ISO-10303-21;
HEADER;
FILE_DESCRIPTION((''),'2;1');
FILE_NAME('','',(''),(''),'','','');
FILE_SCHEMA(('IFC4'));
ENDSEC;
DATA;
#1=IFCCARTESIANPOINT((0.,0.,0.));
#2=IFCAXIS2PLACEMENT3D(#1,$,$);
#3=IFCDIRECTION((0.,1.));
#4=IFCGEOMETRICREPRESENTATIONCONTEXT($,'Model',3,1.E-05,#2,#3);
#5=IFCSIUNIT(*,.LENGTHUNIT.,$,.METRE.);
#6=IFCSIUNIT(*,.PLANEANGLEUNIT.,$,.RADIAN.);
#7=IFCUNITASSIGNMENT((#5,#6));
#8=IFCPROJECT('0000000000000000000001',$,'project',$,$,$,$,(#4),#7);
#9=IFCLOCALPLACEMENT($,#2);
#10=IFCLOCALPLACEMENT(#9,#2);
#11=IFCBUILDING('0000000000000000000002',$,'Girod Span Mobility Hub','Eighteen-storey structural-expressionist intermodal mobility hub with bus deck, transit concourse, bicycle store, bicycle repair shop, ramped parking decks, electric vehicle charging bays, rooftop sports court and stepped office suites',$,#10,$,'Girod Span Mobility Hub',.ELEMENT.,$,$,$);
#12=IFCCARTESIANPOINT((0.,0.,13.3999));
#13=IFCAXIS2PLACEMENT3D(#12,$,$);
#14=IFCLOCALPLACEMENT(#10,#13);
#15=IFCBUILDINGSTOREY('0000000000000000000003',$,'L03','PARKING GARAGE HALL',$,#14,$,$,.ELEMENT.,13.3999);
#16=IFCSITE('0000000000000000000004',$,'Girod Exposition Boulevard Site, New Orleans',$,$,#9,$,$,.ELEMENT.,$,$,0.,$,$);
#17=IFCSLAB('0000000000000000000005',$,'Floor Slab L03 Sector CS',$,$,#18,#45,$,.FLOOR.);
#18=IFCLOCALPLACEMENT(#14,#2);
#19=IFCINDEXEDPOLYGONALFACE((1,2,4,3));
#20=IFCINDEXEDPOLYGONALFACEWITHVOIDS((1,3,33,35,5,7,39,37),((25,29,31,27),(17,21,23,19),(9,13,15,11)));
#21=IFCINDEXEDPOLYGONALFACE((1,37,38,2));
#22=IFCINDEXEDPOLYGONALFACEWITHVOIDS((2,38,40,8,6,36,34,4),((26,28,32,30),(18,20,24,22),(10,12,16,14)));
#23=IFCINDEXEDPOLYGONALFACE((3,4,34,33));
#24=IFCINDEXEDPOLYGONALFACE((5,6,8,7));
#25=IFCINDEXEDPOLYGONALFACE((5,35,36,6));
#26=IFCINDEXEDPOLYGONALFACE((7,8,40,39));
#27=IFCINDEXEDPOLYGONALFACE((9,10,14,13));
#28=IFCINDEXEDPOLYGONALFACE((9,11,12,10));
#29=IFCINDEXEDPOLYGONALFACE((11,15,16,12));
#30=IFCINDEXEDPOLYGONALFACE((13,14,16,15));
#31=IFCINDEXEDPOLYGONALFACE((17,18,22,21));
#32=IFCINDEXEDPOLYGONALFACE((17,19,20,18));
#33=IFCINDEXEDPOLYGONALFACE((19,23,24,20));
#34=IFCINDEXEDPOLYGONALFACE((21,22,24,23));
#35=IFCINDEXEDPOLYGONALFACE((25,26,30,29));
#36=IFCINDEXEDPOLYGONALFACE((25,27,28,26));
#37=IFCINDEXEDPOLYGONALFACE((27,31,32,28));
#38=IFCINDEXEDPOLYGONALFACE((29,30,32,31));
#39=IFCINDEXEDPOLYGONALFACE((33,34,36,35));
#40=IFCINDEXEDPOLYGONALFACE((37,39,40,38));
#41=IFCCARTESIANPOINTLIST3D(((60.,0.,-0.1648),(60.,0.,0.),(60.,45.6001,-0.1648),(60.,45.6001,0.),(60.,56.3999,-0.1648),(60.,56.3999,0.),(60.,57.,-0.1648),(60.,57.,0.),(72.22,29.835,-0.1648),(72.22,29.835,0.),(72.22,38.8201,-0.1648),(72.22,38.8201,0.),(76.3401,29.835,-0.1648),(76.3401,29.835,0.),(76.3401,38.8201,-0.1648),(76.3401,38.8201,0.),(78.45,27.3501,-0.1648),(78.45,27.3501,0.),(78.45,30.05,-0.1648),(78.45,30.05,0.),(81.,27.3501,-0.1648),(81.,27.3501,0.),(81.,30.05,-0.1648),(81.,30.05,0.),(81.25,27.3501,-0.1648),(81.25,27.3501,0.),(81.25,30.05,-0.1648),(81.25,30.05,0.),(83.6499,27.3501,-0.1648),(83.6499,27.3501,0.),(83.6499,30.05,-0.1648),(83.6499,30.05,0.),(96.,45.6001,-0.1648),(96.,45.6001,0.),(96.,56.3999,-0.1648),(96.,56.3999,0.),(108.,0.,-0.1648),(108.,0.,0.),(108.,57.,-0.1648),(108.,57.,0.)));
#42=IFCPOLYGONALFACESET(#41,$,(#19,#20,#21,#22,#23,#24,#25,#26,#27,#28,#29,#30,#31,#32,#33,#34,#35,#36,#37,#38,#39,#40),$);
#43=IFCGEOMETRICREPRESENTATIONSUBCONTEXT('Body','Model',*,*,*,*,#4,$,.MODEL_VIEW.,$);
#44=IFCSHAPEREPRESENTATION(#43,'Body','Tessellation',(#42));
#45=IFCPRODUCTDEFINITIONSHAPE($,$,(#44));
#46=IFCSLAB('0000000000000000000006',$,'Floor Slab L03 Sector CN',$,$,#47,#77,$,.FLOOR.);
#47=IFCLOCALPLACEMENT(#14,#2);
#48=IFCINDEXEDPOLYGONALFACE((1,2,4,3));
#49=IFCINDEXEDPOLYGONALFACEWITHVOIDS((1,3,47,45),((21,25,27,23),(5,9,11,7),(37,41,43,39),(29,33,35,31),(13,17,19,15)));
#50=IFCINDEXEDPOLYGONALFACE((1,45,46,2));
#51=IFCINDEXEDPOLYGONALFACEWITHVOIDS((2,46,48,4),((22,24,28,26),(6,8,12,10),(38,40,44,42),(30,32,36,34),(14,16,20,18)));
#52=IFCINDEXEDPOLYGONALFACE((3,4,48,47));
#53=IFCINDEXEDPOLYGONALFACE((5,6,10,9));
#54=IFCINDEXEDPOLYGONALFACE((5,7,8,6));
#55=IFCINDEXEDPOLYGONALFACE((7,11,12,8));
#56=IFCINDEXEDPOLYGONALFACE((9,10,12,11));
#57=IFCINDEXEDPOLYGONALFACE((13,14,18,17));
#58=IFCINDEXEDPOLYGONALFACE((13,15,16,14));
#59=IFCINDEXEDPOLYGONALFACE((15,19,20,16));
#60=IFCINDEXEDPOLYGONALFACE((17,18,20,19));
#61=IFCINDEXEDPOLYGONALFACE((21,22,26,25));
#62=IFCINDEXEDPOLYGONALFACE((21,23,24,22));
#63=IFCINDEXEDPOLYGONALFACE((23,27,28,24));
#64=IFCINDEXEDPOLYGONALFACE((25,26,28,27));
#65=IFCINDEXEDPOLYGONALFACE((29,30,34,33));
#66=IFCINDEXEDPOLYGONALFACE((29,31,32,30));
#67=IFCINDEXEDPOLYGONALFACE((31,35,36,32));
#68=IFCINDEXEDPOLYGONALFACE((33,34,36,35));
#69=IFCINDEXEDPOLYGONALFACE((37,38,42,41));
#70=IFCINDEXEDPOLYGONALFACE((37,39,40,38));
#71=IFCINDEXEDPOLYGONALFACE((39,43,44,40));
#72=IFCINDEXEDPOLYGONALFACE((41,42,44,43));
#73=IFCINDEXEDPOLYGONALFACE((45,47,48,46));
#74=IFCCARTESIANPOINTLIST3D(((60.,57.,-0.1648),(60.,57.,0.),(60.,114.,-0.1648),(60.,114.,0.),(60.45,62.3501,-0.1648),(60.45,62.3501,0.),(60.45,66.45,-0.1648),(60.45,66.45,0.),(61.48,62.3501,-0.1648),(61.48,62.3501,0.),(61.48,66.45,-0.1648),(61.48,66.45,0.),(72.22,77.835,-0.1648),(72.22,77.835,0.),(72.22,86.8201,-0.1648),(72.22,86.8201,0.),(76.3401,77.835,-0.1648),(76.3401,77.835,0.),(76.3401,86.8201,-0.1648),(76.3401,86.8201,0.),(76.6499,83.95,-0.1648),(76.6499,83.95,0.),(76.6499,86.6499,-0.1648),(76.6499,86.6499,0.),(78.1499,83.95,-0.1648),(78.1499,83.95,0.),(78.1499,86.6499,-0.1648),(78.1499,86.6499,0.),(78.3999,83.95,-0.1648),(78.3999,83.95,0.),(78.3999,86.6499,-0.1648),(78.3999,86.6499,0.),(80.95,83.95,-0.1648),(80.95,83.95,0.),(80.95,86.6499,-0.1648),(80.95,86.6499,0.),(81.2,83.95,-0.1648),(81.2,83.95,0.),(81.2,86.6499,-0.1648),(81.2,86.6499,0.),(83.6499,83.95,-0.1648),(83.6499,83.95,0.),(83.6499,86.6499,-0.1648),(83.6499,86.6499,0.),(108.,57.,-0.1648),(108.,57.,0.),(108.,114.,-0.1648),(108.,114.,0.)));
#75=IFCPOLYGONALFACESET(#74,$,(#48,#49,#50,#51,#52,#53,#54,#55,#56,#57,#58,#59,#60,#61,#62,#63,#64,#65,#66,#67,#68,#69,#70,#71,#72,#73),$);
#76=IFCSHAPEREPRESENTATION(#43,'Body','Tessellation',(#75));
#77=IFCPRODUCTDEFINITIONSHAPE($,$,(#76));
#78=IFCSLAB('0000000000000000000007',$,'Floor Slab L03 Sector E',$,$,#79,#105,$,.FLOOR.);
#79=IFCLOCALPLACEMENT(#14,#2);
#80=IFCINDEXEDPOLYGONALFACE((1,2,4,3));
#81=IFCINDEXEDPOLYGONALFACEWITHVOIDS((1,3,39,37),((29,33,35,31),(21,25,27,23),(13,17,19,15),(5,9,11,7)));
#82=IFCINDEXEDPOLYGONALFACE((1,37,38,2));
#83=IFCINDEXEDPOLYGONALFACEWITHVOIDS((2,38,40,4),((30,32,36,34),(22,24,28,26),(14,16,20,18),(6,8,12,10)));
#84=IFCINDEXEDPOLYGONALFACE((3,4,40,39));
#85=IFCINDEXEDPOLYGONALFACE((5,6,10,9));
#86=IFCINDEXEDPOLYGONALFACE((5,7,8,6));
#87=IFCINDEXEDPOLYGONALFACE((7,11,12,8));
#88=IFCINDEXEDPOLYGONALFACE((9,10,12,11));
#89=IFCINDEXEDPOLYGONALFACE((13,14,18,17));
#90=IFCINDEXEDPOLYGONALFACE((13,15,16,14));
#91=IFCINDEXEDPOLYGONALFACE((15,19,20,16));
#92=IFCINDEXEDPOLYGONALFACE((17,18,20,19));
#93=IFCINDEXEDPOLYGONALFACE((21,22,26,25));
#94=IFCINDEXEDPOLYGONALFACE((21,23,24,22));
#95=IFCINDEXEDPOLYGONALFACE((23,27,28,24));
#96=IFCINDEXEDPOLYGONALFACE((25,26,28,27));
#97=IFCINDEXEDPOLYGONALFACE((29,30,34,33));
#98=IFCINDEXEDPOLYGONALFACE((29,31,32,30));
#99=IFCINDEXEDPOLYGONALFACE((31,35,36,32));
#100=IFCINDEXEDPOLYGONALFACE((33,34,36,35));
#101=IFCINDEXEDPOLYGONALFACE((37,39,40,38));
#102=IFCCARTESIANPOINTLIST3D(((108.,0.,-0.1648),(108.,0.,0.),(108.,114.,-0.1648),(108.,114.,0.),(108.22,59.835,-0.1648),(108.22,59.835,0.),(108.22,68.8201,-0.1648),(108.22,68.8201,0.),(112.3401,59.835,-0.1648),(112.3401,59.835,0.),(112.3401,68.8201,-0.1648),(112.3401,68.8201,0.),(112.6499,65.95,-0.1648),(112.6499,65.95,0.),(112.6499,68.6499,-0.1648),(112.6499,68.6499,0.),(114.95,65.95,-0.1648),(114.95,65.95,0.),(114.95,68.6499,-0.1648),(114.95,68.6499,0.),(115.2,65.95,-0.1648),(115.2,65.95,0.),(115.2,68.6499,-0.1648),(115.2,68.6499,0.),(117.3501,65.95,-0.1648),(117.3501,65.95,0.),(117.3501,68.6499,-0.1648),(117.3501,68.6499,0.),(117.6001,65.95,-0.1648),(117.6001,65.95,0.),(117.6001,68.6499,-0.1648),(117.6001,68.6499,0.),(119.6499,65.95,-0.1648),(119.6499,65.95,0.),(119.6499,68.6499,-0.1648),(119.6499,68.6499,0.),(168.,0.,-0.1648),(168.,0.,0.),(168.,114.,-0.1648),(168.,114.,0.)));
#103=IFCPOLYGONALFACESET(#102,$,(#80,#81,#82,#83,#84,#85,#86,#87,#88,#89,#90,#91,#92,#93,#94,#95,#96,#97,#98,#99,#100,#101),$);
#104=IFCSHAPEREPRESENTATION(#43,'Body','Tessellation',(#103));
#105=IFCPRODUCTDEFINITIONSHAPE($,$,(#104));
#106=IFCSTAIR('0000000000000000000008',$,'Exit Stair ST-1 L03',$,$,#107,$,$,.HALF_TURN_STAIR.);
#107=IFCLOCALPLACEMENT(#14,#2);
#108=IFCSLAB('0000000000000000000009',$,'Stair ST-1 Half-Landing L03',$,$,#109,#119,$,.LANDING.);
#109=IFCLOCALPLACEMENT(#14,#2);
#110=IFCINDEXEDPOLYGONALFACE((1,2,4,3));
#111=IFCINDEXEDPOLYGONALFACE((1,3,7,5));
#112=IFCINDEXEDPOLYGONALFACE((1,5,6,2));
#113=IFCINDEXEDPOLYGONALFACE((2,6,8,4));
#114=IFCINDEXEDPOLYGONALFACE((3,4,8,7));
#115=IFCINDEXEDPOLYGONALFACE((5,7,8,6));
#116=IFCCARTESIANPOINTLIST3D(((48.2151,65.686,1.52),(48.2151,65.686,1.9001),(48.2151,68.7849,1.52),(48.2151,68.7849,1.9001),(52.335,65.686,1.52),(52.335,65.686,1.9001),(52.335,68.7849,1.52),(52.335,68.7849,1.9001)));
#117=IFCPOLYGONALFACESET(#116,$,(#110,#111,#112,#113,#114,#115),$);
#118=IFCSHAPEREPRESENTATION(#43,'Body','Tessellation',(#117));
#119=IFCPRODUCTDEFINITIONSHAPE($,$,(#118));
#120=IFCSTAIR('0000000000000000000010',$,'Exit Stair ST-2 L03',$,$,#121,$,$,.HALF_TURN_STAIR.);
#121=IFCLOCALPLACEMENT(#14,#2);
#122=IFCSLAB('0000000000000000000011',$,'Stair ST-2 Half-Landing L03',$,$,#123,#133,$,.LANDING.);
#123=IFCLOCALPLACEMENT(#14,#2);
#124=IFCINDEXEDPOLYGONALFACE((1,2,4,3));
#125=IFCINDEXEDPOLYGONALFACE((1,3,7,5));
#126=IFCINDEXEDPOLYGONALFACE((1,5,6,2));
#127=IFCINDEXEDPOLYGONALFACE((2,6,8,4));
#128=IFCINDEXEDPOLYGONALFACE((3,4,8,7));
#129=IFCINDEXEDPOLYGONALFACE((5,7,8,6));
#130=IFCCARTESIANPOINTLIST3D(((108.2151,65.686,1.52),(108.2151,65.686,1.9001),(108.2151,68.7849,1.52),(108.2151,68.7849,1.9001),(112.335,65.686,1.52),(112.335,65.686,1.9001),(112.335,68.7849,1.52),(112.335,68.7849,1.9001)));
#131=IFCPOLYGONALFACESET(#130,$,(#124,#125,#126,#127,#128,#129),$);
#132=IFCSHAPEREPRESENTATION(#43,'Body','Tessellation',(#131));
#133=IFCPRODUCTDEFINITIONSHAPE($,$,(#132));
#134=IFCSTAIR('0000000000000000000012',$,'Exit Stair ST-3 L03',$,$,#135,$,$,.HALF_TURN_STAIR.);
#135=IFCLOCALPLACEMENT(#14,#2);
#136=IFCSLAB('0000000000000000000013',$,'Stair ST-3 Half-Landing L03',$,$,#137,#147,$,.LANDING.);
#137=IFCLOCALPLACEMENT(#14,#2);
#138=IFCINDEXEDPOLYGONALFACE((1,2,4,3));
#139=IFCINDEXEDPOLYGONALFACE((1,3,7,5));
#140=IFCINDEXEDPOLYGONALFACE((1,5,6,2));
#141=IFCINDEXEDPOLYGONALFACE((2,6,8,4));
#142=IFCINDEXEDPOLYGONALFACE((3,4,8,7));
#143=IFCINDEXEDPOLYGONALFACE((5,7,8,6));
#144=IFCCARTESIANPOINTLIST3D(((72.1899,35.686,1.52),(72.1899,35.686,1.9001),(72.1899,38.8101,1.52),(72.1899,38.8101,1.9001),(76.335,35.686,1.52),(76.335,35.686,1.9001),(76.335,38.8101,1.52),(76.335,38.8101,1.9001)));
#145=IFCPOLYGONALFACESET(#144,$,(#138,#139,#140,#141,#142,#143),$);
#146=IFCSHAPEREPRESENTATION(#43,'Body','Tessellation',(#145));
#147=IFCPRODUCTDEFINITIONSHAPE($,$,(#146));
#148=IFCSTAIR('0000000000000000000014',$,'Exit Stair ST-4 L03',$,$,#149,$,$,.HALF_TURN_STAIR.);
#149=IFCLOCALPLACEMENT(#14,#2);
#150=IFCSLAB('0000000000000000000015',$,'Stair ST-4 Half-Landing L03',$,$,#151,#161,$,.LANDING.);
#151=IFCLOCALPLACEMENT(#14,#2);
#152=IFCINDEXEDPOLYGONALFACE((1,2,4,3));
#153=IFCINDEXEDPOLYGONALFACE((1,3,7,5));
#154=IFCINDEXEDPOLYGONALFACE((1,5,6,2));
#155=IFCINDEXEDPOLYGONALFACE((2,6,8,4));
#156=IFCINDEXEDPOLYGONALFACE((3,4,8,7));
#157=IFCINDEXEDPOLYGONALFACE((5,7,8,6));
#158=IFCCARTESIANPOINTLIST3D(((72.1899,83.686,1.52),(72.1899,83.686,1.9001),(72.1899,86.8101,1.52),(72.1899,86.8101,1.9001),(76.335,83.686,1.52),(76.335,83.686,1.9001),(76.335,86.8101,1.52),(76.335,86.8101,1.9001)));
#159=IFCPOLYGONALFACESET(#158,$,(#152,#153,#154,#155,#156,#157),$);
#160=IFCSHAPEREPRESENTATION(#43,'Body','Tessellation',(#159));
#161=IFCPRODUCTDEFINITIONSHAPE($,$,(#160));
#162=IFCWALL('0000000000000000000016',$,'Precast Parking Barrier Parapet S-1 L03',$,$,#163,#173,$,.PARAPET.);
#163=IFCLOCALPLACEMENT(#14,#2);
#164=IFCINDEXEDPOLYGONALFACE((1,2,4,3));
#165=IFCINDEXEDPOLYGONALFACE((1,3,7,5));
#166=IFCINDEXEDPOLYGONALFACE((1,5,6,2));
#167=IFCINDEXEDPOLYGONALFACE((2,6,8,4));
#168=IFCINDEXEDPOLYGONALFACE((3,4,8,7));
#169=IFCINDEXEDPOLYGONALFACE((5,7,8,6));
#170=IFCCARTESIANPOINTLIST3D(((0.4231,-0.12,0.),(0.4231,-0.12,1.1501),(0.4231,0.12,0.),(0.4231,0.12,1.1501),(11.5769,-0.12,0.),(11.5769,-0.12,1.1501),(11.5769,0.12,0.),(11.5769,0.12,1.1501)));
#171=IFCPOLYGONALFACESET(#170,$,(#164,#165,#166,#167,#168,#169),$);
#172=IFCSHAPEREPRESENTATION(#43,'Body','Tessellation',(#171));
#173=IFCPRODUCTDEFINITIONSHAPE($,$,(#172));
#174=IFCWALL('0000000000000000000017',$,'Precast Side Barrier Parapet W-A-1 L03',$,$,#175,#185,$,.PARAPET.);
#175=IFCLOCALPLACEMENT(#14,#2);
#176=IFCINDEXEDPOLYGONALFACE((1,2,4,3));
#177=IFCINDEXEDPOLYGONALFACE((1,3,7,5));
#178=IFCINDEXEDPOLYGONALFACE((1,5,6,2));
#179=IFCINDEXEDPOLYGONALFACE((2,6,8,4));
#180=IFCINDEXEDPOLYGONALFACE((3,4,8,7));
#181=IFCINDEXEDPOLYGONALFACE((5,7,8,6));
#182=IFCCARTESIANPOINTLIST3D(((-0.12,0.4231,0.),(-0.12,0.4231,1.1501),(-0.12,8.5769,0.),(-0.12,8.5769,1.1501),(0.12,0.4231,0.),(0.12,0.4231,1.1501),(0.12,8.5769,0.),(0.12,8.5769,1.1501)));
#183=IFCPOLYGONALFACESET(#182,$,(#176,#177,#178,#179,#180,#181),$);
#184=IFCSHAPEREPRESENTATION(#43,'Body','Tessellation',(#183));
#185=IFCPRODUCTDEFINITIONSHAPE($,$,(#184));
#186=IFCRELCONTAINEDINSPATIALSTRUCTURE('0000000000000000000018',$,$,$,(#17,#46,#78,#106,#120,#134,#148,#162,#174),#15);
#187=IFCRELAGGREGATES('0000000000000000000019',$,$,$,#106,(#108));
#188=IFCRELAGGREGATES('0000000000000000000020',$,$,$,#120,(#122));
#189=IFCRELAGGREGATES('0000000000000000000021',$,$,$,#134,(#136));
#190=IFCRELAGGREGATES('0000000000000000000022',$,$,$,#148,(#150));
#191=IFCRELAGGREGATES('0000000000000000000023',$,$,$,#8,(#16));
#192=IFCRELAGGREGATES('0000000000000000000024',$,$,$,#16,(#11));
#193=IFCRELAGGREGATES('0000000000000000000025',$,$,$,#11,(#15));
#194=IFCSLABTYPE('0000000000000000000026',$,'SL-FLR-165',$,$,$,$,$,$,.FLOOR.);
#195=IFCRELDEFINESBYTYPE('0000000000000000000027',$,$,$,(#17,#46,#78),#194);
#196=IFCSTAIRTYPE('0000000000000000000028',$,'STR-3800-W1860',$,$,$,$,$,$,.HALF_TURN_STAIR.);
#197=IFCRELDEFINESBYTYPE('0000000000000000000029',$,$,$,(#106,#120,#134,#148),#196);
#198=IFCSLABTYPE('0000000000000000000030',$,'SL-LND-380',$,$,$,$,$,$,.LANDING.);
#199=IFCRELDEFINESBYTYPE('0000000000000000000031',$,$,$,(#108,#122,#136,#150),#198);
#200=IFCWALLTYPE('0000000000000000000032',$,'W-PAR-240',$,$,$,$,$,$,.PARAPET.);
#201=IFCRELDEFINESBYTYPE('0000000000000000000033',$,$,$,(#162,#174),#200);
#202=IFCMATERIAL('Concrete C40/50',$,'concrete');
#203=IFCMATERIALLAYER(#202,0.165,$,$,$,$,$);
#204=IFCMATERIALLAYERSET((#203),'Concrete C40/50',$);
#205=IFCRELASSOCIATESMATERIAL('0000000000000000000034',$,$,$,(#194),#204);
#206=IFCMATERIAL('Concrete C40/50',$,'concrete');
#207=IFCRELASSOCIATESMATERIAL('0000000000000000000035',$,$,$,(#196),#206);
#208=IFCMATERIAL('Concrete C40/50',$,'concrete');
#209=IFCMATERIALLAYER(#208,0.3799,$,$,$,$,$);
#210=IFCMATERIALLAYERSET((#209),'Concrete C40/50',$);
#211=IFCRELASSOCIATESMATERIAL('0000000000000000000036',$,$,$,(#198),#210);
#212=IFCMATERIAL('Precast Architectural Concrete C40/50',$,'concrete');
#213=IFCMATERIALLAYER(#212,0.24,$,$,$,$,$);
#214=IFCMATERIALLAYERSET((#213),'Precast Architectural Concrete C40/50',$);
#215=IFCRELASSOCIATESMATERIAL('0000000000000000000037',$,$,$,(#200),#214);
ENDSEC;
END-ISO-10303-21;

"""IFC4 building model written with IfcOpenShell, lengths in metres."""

from ifc_helpers import new_model, si_unit, direction, frame, frame_2d, origin, place, context, subcontext, project, spatial, polyline, rectangle, outline, extrude, material, layer, layer_set, type_object, element, aggregate, save


model = new_model("IFC4")

# Units and contexts
model_context = context("Model", 3, precision=1e-05, world=origin(), true_north=direction((0.0, 1.0)))
body_context = subcontext(model_context, "Body", "Model", "MODEL_VIEW")
ifc_project = project(units=[si_unit("LENGTHUNIT", "METRE"), si_unit("PLANEANGLEUNIT", "RADIAN")], contexts=[model_context])

# Site, building, storey
site_placement = place(None, origin())
site = spatial("IfcSite", under=ifc_project, at=site_placement, Name="Girod Exposition Boulevard Site, New Orleans", CompositionType="ELEMENT", RefElevation=0.0)
building_placement = place(site_placement, origin())
building = spatial("IfcBuilding", under=site, at=building_placement, Name="Girod Span Mobility Hub", Description="Eighteen-storey structural-expressionist intermodal mobility hub with bus deck, transit concourse, bicycle store, bicycle repair shop, ramped parking decks, electric vehicle charging bays, rooftop sports court and stepped office suites", LongName="Girod Span Mobility Hub", CompositionType="ELEMENT")
storey_placement = place(building_placement, frame((0.0, 0.0, 13.3999)))
storey = spatial("IfcBuildingStorey", under=building, at=storey_placement, Name="L03", Description="PARKING GARAGE HALL", CompositionType="ELEMENT", Elevation=13.3999)

# Slabs
ifc_material_1 = material(Name="Concrete C40/50", Category="concrete")
ifc_layer_1 = layer(ifc_material_1, 0.165)
ifc_layer_set_1 = layer_set([ifc_layer_1], Name="Concrete C40/50")
slab_type_1 = type_object("IfcSlabType", Name="SL-FLR-165", PredefinedType="FLOOR", material=ifc_layer_set_1)
slab_1_placement = place(storey_placement, frame((0.0, 0.0, -0.1648)))
element("IfcSlab", 1, at=slab_1_placement, inside=storey, type_object=slab_type_1, Name="Floor Slab L03 Sector CS", PredefinedType="FLOOR", context=body_context, shape_type="SweptSolid", body=[
    extrude(outline(polyline([(60.0, 0.0), (60.0, 45.6001), (96.0, 45.6001), (96.0, 56.3999), (60.0, 56.3999), (60.0, 57.0), (108.0, 57.0), (108.0, 0.0), (60.0, 0.0)]), holes=[polyline([(72.22, 38.8201), (72.22, 29.835), (76.3401, 29.835), (76.3401, 38.8201), (72.22, 38.8201)]), polyline([(78.45, 30.05), (78.45, 27.3501), (81.0, 27.3501), (81.0, 30.05), (78.45, 30.05)]), polyline([(81.25, 30.05), (81.25, 27.3501), (83.6499, 27.3501), (83.6499, 30.05), (81.25, 30.05)])]), origin(), (0.0, 0.0, 1.0), 0.1648),
])
slab_2_placement = place(storey_placement, frame((0.0, 0.0, -0.1648)))
element("IfcSlab", 2, at=slab_2_placement, inside=storey, type_object=slab_type_1, Name="Floor Slab L03 Sector CN", PredefinedType="FLOOR", context=body_context, shape_type="SweptSolid", body=[
    extrude(outline(polyline([(108.0, 114.0), (108.0, 57.0), (60.0, 57.0), (60.0, 114.0), (108.0, 114.0)]), holes=[polyline([(60.45, 66.45), (60.45, 62.3501), (61.48, 62.3501), (61.48, 66.45), (60.45, 66.45)]), polyline([(72.22, 86.8201), (72.22, 77.835), (76.3401, 77.835), (76.3401, 86.8201), (72.22, 86.8201)]), polyline([(76.6499, 86.6499), (76.6499, 83.95), (78.1499, 83.95), (78.1499, 86.6499), (76.6499, 86.6499)]), polyline([(80.95, 86.6499), (78.3999, 86.6499), (78.3999, 83.95), (80.95, 83.95), (80.95, 86.6499)]), polyline([(83.6499, 86.6499), (81.2, 86.6499), (81.2, 83.95), (83.6499, 83.95), (83.6499, 86.6499)])]), origin(), (0.0, 0.0, 1.0), 0.1648),
])
slab_3_placement = place(storey_placement, frame((0.0, 0.0, -0.1648)))
element("IfcSlab", 3, at=slab_3_placement, inside=storey, type_object=slab_type_1, Name="Floor Slab L03 Sector E", PredefinedType="FLOOR", context=body_context, shape_type="SweptSolid", body=[
    extrude(outline(polyline([(168.0, 114.0), (168.0, 0.0), (108.0, 0.0), (108.0, 114.0), (168.0, 114.0)]), holes=[polyline([(108.22, 68.8201), (108.22, 59.835), (112.3401, 59.835), (112.3401, 68.8201), (108.22, 68.8201)]), polyline([(112.6499, 68.6499), (112.6499, 65.95), (114.95, 65.95), (114.95, 68.6499), (112.6499, 68.6499)]), polyline([(115.2, 68.6499), (115.2, 65.95), (117.3501, 65.95), (117.3501, 68.6499), (115.2, 68.6499)]), polyline([(117.6001, 68.6499), (117.6001, 65.95), (119.6499, 65.95), (119.6499, 68.6499), (117.6001, 68.6499)])]), origin(), (0.0, 0.0, 1.0), 0.1648),
])

# Stairs, slabs
ifc_material_2 = material(Name="Concrete C40/50", Category="concrete")
stair_type = type_object("IfcStairType", Name="STR-3800-W1860", PredefinedType="HALF_TURN_STAIR", material=ifc_material_2)
stair_1_placement = place(storey_placement, origin())
stair_1 = element("IfcStair", 4, at=stair_1_placement, inside=storey, type_object=stair_type, Name="Exit Stair ST-1 L03", PredefinedType="HALF_TURN_STAIR")
ifc_material_3 = material(Name="Concrete C40/50", Category="concrete")
ifc_layer_2 = layer(ifc_material_3, 0.3799)
ifc_layer_set_2 = layer_set([ifc_layer_2], Name="Concrete C40/50")
slab_type_2 = type_object("IfcSlabType", Name="SL-LND-380", PredefinedType="LANDING", material=ifc_layer_set_2)
slab_4_placement = place(storey_placement, frame((0.0, 0.0, 1.52)))
slab_4 = element("IfcSlab", 5, at=slab_4_placement, type_object=slab_type_2, Name="Stair ST-1 Half-Landing L03", PredefinedType="LANDING", context=body_context, shape_type="SweptSolid", body=[
    extrude(outline(polyline([(52.335, 65.686), (52.335, 68.7849), (48.2151, 68.7849), (48.2151, 65.686), (52.335, 65.686)])), origin(), (0.0, 0.0, 1.0), 0.3801),
])
aggregate(stair_1, [slab_4])
stair_2_placement = place(storey_placement, origin())
stair_2 = element("IfcStair", 6, at=stair_2_placement, inside=storey, type_object=stair_type, Name="Exit Stair ST-2 L03", PredefinedType="HALF_TURN_STAIR")
slab_5_placement = place(storey_placement, frame((0.0, 0.0, 1.52)))
slab_5 = element("IfcSlab", 7, at=slab_5_placement, type_object=slab_type_2, Name="Stair ST-2 Half-Landing L03", PredefinedType="LANDING", context=body_context, shape_type="SweptSolid", body=[
    extrude(outline(polyline([(112.335, 65.686), (112.335, 68.7849), (108.2151, 68.7849), (108.2151, 65.686), (112.335, 65.686)])), origin(), (0.0, 0.0, 1.0), 0.3801),
])
aggregate(stair_2, [slab_5])
stair_3_placement = place(storey_placement, origin())
stair_3 = element("IfcStair", 8, at=stair_3_placement, inside=storey, type_object=stair_type, Name="Exit Stair ST-3 L03", PredefinedType="HALF_TURN_STAIR")
slab_6_placement = place(storey_placement, frame((0.0, 0.0, 1.52)))
slab_6 = element("IfcSlab", 9, at=slab_6_placement, type_object=slab_type_2, Name="Stair ST-3 Half-Landing L03", PredefinedType="LANDING", context=body_context, shape_type="SweptSolid", body=[
    extrude(outline(polyline([(76.335, 35.686), (76.335, 38.8101), (72.1899, 38.8101), (72.1899, 35.686), (76.335, 35.686)])), origin(), (0.0, 0.0, 1.0), 0.3801),
])
aggregate(stair_3, [slab_6])
stair_4_placement = place(storey_placement, origin())
stair_4 = element("IfcStair", 10, at=stair_4_placement, inside=storey, type_object=stair_type, Name="Exit Stair ST-4 L03", PredefinedType="HALF_TURN_STAIR")
slab_7_placement = place(storey_placement, frame((0.0, 0.0, 1.52)))
slab_7 = element("IfcSlab", 11, at=slab_7_placement, type_object=slab_type_2, Name="Stair ST-4 Half-Landing L03", PredefinedType="LANDING", context=body_context, shape_type="SweptSolid", body=[
    extrude(outline(polyline([(76.335, 83.686), (76.335, 86.8101), (72.1899, 86.8101), (72.1899, 83.686), (76.335, 83.686)])), origin(), (0.0, 0.0, 1.0), 0.3801),
])
aggregate(stair_4, [slab_7])

# Walls
ifc_material_4 = material(Name="Precast Architectural Concrete C40/50", Category="concrete")
ifc_layer_3 = layer(ifc_material_4, 0.24)
ifc_layer_set_3 = layer_set([ifc_layer_3], Name="Precast Architectural Concrete C40/50")
wall_type = type_object("IfcWallType", Name="W-PAR-240", PredefinedType="PARAPET", material=ifc_layer_set_3)
wall_1_placement = place(storey_placement, frame((0.4231, 0.0, 0.0), z_axis=(0.0, 0.0, 1.0), x_axis=(1.0, 0.0, 0.0)))
element("IfcWall", 12, at=wall_1_placement, inside=storey, type_object=wall_type, Name="Precast Parking Barrier Parapet S-1 L03", PredefinedType="PARAPET", context=body_context, shape_type="SweptSolid", body=[
    extrude(rectangle(XDim=11.1538, YDim=0.24, at=frame_2d((5.5769, 0.0))), origin(), (0.0, 0.0, 1.0), 1.1501),
])
wall_2_placement = place(storey_placement, frame((0.0, 0.4231, 0.0), z_axis=(0.0, 0.0, 1.0), x_axis=(0.0, 1.0, 0.0)))
element("IfcWall", 13, at=wall_2_placement, inside=storey, type_object=wall_type, Name="Precast Side Barrier Parapet W-A-1 L03", PredefinedType="PARAPET", context=body_context, shape_type="SweptSolid", body=[
    extrude(rectangle(XDim=8.1538, YDim=0.24, at=frame_2d((4.0769, 0.0))), origin(), (0.0, 0.0, 1.0), 1.1501),
])

save(model, "model.ifc")
